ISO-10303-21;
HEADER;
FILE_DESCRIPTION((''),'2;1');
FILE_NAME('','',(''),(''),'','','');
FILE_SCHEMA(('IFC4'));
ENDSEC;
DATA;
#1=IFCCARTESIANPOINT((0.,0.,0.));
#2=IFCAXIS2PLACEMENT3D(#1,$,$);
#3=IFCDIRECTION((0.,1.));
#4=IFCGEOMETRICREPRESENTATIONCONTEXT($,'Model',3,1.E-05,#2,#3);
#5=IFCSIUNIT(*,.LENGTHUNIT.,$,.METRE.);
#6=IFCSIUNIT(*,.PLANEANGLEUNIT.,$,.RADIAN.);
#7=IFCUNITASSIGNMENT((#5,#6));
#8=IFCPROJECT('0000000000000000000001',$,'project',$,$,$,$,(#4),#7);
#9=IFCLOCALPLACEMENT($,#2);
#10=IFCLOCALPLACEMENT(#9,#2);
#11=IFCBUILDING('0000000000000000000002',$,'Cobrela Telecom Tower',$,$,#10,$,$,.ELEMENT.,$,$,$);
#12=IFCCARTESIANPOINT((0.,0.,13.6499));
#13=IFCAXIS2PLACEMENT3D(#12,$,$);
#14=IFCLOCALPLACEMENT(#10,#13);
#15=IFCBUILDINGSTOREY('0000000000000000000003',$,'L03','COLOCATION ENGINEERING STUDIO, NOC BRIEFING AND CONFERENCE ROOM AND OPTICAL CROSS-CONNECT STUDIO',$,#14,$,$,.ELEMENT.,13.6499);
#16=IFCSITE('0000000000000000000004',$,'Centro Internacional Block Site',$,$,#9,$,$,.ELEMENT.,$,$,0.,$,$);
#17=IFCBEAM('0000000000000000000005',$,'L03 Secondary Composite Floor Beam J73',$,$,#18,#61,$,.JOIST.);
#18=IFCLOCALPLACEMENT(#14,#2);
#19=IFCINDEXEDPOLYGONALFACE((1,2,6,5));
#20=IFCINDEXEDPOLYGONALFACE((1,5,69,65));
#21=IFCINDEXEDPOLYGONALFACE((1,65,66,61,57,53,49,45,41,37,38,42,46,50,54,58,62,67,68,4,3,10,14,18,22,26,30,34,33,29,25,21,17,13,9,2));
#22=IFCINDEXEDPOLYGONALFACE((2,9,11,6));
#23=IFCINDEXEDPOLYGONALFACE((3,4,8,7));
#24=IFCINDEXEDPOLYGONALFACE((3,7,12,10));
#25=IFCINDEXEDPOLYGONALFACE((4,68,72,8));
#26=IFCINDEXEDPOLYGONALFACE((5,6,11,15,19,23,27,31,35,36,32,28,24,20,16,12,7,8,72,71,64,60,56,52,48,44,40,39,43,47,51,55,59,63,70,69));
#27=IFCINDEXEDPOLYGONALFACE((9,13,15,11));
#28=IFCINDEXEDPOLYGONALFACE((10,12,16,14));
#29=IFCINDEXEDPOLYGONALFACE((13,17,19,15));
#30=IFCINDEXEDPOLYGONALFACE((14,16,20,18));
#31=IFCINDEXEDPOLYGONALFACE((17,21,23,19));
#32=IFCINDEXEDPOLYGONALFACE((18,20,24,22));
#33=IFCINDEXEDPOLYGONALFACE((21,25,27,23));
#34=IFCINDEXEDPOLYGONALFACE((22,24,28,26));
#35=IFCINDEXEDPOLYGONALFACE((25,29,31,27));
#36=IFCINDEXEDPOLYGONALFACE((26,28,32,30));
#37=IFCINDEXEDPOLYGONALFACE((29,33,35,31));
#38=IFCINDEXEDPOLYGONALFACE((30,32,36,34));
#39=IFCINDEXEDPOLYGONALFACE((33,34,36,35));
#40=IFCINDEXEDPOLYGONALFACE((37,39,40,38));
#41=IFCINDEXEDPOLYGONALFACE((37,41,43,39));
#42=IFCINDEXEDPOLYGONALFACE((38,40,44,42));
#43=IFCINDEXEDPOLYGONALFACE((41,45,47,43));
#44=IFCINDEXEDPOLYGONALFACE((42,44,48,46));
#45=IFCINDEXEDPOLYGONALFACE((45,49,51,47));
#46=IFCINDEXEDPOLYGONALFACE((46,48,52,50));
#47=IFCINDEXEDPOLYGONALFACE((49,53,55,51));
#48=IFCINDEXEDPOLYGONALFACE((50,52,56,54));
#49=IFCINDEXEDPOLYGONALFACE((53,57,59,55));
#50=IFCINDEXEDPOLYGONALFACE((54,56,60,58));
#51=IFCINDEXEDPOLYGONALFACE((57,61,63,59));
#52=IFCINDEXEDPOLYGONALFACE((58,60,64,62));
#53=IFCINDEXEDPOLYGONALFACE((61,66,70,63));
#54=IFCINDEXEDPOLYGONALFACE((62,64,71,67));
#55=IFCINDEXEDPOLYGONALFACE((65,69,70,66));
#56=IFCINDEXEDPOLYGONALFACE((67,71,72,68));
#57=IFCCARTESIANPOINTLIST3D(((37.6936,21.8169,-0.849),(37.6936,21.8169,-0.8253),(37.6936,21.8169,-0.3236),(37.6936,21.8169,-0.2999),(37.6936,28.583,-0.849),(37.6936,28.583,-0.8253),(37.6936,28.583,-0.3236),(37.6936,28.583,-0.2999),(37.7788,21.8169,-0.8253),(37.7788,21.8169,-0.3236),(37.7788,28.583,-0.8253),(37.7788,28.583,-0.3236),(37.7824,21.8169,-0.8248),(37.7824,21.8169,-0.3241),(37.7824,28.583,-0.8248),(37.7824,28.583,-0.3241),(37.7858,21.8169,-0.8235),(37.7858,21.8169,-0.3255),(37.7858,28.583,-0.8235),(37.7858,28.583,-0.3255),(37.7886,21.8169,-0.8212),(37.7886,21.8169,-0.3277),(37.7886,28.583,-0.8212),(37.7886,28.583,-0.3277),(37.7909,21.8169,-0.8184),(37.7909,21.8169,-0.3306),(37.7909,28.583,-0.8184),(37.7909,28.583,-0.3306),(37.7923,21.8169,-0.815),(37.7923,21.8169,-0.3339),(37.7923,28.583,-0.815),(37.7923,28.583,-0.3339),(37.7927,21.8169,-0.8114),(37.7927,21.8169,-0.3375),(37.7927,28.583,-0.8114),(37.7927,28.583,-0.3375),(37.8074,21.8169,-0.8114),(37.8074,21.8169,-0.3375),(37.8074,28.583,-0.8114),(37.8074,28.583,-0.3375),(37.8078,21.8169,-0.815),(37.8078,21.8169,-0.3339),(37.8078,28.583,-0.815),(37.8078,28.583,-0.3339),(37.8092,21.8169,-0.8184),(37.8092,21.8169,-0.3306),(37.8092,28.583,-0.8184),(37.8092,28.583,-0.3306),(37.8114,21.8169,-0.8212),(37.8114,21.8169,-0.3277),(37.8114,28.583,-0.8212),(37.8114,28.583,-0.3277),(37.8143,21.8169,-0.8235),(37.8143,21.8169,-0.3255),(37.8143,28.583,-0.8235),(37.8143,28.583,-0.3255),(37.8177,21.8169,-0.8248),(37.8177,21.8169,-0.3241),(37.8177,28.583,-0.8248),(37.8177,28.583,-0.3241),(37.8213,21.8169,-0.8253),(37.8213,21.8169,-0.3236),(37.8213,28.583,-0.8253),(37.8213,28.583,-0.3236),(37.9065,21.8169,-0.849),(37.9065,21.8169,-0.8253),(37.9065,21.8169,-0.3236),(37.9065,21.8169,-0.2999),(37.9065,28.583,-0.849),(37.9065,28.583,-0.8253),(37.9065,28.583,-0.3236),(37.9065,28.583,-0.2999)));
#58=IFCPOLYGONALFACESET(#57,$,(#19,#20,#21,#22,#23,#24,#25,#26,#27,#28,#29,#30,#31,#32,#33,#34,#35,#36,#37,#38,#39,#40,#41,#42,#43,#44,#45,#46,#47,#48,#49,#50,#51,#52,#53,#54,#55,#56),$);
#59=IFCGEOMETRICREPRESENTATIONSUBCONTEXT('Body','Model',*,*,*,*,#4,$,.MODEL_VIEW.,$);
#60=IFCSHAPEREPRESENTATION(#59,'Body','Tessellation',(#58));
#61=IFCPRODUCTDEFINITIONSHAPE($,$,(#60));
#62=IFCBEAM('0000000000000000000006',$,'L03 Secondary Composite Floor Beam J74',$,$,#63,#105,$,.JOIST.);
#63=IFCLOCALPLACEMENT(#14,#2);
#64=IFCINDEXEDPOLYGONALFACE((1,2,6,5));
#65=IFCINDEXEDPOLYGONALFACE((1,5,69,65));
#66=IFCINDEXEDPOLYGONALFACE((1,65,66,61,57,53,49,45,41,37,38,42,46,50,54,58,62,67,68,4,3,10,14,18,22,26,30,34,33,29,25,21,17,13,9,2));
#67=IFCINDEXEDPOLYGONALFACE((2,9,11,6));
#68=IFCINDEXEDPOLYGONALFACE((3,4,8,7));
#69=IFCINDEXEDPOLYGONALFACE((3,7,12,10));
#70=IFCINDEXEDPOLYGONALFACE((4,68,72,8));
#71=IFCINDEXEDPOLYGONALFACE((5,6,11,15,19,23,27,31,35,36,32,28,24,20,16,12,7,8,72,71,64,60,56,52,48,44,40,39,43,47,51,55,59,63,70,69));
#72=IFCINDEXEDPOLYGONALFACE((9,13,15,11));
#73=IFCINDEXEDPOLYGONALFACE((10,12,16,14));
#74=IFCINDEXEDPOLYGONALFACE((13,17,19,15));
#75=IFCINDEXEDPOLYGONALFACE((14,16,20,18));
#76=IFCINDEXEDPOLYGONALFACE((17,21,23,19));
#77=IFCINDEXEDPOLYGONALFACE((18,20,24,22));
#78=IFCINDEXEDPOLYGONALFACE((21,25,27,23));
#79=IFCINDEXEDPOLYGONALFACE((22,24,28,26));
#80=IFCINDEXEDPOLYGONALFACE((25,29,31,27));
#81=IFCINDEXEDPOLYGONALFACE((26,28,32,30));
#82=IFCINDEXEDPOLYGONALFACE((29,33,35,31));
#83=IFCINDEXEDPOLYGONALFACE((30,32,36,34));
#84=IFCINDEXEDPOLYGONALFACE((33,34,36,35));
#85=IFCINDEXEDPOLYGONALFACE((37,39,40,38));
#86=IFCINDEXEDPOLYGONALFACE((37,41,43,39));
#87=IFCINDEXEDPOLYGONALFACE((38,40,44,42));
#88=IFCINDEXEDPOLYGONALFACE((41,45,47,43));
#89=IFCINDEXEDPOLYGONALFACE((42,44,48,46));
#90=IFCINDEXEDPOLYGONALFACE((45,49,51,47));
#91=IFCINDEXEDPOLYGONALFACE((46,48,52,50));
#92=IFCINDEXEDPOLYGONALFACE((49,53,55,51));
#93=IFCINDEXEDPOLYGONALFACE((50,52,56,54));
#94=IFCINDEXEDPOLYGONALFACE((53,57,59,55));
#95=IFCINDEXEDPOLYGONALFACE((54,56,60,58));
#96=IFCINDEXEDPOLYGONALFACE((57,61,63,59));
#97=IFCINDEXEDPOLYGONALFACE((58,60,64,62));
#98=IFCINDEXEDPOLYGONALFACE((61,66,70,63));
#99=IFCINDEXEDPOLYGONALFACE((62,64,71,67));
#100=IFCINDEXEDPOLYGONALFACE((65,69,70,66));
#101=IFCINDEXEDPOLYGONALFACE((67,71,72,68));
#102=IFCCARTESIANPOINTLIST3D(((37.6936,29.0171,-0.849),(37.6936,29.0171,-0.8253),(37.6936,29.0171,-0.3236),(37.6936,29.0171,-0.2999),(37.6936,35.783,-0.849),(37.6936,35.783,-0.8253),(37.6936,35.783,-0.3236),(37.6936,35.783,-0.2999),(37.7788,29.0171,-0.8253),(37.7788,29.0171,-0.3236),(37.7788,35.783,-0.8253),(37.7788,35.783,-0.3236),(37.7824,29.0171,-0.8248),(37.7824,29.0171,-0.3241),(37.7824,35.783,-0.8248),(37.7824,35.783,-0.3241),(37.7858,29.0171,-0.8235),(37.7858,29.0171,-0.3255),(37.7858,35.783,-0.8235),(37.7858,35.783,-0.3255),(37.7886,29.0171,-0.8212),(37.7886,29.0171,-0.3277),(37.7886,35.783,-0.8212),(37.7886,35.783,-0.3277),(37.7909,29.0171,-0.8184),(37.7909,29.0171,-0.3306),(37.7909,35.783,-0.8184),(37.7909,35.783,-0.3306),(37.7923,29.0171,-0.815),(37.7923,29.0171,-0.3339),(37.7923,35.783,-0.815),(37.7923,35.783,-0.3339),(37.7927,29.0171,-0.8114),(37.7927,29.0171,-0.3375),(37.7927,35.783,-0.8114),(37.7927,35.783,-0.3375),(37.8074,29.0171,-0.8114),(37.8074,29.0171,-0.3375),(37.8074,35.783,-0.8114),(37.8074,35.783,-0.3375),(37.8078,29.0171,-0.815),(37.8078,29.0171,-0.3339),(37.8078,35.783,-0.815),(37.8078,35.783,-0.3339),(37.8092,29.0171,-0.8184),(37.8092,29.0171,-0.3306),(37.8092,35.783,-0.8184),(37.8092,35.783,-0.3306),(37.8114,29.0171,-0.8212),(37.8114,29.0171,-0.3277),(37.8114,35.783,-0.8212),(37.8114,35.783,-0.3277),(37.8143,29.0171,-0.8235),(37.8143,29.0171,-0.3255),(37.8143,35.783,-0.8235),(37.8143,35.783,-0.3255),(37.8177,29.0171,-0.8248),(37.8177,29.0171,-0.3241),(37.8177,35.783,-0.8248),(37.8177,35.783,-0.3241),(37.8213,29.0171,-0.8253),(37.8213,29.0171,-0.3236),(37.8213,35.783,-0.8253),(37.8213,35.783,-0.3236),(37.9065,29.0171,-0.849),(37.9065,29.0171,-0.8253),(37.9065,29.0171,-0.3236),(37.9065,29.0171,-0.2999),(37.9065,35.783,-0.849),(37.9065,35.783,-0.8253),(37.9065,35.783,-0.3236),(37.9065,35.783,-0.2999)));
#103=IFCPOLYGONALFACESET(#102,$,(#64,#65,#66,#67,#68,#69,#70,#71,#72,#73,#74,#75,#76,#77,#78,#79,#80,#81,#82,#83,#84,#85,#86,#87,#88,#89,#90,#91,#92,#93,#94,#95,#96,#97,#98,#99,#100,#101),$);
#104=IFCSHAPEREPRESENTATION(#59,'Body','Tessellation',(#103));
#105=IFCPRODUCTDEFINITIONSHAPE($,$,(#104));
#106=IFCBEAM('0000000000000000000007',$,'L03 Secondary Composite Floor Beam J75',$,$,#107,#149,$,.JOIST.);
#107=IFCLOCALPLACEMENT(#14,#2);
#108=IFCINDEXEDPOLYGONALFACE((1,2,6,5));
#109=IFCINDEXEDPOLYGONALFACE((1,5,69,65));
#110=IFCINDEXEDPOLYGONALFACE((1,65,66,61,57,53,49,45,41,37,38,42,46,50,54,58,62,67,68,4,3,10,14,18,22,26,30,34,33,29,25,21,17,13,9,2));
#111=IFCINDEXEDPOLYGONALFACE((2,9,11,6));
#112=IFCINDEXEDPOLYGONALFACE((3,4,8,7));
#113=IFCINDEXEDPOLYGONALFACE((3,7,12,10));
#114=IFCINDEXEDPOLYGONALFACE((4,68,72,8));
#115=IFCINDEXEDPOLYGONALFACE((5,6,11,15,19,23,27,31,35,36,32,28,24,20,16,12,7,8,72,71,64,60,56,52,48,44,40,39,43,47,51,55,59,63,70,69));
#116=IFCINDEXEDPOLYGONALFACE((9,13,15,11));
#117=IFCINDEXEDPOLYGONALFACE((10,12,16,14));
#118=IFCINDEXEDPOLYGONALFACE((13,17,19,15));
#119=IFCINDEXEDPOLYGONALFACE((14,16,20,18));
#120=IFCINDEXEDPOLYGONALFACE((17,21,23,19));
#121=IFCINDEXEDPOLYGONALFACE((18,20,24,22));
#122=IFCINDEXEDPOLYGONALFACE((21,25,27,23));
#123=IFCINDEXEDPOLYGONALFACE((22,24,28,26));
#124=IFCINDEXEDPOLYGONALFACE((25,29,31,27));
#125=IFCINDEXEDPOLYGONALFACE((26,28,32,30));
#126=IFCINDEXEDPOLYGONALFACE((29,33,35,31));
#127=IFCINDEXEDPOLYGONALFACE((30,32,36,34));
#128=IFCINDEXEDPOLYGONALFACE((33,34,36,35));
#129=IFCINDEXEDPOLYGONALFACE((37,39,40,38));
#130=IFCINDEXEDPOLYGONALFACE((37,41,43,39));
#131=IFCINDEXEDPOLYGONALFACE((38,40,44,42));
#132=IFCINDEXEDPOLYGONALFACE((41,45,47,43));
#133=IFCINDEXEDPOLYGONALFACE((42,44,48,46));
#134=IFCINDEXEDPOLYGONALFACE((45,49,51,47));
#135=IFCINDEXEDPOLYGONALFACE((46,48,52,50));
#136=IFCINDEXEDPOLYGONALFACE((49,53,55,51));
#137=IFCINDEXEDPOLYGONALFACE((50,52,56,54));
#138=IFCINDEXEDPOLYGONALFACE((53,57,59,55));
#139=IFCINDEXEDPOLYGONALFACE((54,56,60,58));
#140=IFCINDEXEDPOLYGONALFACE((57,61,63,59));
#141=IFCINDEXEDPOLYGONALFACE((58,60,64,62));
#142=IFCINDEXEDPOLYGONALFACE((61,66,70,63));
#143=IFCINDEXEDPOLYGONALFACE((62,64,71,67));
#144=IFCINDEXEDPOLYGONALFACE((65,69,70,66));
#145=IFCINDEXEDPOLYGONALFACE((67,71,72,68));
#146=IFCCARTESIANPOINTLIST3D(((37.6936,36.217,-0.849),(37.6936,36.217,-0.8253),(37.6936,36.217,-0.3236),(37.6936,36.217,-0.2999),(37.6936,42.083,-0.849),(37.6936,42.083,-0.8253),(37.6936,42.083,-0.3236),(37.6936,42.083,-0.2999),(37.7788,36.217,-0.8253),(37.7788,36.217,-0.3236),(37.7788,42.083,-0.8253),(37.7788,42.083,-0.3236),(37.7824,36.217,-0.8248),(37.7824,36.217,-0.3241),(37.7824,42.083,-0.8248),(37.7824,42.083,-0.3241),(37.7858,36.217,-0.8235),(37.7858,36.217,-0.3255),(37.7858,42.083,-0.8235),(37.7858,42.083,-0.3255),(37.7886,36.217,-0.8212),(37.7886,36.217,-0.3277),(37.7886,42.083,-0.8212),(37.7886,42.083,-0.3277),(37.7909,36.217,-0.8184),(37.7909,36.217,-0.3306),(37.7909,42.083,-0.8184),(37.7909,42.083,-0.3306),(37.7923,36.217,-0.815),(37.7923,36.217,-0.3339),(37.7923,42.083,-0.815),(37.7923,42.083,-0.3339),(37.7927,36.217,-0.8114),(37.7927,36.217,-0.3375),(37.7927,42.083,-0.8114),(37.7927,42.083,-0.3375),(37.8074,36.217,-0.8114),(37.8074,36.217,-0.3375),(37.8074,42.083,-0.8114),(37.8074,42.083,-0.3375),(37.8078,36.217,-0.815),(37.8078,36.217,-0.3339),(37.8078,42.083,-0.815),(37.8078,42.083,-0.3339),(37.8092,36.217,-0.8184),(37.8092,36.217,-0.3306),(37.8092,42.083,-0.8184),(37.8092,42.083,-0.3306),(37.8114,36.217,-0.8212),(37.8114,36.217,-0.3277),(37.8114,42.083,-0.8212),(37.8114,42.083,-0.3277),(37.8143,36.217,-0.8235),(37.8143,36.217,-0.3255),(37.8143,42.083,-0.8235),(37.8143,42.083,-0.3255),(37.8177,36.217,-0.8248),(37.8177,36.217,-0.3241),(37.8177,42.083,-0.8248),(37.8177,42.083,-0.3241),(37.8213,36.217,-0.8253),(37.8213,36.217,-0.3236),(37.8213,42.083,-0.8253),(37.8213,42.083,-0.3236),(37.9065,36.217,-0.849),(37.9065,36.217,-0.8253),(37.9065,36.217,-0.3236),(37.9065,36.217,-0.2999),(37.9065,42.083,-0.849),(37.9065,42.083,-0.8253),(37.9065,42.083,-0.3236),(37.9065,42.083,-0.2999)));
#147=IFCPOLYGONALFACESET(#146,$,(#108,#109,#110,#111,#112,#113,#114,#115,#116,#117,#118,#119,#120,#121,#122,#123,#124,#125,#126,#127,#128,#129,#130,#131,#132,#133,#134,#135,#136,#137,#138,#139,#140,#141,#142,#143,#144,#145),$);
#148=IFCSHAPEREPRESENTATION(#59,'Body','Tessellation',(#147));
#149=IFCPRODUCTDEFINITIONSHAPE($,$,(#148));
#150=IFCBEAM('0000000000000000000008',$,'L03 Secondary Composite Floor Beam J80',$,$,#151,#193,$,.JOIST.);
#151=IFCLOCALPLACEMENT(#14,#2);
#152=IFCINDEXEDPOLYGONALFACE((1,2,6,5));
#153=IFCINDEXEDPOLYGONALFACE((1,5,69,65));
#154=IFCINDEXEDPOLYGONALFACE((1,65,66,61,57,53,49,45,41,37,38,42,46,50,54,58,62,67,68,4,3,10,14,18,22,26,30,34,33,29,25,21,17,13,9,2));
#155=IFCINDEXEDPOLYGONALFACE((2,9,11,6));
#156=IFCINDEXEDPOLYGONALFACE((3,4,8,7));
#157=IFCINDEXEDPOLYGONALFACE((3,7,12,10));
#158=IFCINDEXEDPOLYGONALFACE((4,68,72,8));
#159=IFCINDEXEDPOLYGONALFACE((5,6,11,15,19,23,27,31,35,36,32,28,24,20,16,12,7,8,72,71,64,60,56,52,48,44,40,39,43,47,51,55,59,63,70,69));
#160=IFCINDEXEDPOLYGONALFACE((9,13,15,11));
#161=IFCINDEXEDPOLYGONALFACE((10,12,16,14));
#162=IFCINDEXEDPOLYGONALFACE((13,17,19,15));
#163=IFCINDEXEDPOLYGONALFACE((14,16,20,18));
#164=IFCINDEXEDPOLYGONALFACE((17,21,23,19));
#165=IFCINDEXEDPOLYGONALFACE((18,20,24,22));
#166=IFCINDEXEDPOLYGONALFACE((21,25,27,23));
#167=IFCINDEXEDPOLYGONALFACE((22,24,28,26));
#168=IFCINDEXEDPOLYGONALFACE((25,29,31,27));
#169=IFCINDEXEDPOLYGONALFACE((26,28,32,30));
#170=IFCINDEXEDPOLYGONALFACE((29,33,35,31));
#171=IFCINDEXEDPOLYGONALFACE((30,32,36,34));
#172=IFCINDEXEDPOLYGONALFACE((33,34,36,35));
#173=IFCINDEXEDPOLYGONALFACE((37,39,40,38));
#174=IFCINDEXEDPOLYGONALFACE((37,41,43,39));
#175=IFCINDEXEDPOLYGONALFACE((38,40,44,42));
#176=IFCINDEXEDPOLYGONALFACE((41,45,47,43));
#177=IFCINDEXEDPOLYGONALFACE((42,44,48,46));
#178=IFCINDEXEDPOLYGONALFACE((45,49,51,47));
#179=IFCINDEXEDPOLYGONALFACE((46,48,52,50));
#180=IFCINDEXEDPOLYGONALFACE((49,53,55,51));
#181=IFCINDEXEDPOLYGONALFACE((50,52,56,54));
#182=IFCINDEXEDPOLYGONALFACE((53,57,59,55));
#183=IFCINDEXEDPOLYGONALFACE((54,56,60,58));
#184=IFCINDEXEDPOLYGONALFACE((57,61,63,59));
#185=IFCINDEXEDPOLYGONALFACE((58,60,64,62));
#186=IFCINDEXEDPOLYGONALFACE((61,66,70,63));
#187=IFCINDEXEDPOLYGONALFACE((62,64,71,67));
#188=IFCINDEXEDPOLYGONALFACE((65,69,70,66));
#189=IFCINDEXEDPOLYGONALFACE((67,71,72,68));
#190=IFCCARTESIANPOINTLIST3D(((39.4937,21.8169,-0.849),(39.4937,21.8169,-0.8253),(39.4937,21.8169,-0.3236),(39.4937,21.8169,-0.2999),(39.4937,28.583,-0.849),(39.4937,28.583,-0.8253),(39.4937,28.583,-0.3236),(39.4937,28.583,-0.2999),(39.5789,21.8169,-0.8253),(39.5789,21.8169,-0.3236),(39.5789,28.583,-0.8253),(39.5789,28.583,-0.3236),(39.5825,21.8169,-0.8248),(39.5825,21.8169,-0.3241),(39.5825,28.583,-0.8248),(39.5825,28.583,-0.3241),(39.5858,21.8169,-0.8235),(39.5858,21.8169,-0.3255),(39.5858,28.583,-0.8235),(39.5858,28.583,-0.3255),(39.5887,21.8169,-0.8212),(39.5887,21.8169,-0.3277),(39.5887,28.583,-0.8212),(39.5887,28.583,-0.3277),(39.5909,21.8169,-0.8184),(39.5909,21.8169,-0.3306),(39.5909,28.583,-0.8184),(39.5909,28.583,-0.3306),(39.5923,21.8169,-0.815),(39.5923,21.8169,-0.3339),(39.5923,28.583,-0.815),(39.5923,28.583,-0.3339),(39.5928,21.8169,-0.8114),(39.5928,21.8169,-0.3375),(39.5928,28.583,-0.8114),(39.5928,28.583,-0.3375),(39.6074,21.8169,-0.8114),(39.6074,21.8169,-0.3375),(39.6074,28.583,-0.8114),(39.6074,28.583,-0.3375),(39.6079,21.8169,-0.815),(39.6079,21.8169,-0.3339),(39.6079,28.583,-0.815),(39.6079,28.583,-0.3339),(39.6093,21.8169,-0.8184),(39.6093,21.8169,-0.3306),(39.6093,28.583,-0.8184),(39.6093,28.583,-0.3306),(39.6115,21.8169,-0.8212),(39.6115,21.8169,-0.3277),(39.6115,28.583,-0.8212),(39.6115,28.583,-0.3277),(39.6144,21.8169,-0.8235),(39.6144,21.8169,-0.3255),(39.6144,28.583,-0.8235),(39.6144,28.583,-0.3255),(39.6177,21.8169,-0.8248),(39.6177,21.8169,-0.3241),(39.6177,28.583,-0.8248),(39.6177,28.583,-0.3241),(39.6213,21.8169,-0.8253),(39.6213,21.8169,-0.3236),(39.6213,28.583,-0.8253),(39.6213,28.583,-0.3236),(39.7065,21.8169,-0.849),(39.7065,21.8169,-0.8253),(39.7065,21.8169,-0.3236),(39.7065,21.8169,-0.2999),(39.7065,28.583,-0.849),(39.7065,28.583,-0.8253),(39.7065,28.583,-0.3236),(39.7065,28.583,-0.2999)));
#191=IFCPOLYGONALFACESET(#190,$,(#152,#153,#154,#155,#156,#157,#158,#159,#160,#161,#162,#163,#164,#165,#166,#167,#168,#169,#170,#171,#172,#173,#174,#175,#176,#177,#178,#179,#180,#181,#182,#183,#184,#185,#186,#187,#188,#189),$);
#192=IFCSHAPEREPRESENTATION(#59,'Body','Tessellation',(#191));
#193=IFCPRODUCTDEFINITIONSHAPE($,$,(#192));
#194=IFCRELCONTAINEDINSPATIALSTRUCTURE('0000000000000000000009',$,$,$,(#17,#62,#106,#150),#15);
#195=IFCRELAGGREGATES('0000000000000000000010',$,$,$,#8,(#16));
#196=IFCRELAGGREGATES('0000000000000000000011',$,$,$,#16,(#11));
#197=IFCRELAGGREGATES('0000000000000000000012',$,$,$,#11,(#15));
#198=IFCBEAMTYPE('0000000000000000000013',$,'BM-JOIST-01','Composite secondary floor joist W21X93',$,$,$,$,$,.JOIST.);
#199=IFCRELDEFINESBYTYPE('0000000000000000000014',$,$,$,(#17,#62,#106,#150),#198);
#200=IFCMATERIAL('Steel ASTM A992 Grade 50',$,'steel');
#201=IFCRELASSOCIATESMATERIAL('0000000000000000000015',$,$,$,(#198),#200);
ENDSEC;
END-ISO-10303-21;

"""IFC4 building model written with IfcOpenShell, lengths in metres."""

from ifc_helpers import new_model, si_unit, direction, frame, origin, origin_2d, place, context, subcontext, project, spatial, i_section, extrude, material, material_profile, profile_set, type_object, element, save


model = new_model("IFC4")

# Units and contexts
model_context = context("Model", 3, precision=1e-05, world=origin(), true_north=direction((0.0, 1.0)))
body_context = subcontext(model_context, "Body", "Model", "MODEL_VIEW")
ifc_project = project(units=[si_unit("LENGTHUNIT", "METRE"), si_unit("PLANEANGLEUNIT", "RADIAN")], contexts=[model_context])

# Site, building, storey
site_placement = place(None, origin())
site = spatial("IfcSite", under=ifc_project, at=site_placement, Name="Centro Internacional Block Site", CompositionType="ELEMENT", RefElevation=0.0)
building_placement = place(site_placement, origin())
building = spatial("IfcBuilding", under=site, at=building_placement, Name="Cobrela Telecom Tower", CompositionType="ELEMENT")
storey_placement = place(building_placement, frame((0.0, 0.0, 13.6499)))
storey = spatial("IfcBuildingStorey", under=building, at=storey_placement, Name="L03", Description="COLOCATION ENGINEERING STUDIO, NOC BRIEFING AND CONFERENCE ROOM AND OPTICAL CROSS-CONNECT STUDIO", CompositionType="ELEMENT", Elevation=13.6499)

# Beams
ifc_material_1 = material(Name="Steel ASTM A992 Grade 50", Category="steel")
ifc_material_profile_1 = material_profile(ifc_material_1, i_section(OverallWidth=0.2129, OverallDepth=0.5491, WebThickness=0.0146, FlangeThickness=0.0237, FilletRadius=0.0139, at=origin_2d()), Name="W21X93")
ifc_profile_set_1 = profile_set([ifc_material_profile_1], Name="Steel ASTM A992 Grade 50")
beam_type_1 = type_object("IfcBeamType", Name="BM-JOIST-01", Description="Composite secondary floor joist W21X93", PredefinedType="JOIST", material=ifc_profile_set_1)
beam_1_placement = place(storey_placement, frame((37.8, 21.8169, -0.5745), z_axis=(0.0, 1.0, 0.0), x_axis=(-1.0, 0.0, 0.0)))
element("IfcBeam", 1, at=beam_1_placement, inside=storey, type_object=beam_type_1, Name="L03 Secondary Composite Floor Beam J73", PredefinedType="JOIST", context=body_context, shape_type="SweptSolid", body=[
    extrude(i_section(OverallWidth=0.2129, OverallDepth=0.5491, WebThickness=0.0146, FlangeThickness=0.0237, FilletRadius=0.0139, at=origin_2d()), origin(), (0.0, 0.0, 1.0), 6.7661),
])
beam_2_placement = place(storey_placement, frame((37.8, 29.0171, -0.5745), z_axis=(0.0, 1.0, 0.0), x_axis=(-1.0, 0.0, 0.0)))
element("IfcBeam", 2, at=beam_2_placement, inside=storey, type_object=beam_type_1, Name="L03 Secondary Composite Floor Beam J74", PredefinedType="JOIST", context=body_context, shape_type="SweptSolid", body=[
    extrude(i_section(OverallWidth=0.2129, OverallDepth=0.5491, WebThickness=0.0146, FlangeThickness=0.0237, FilletRadius=0.0139, at=origin_2d()), origin(), (0.0, 0.0, 1.0), 6.7659),
])
beam_3_placement = place(storey_placement, frame((37.8, 36.217, -0.5745), z_axis=(0.0, 1.0, 0.0), x_axis=(-1.0, 0.0, 0.0)))
element("IfcBeam", 3, at=beam_3_placement, inside=storey, type_object=beam_type_1, Name="L03 Secondary Composite Floor Beam J75", PredefinedType="JOIST", context=body_context, shape_type="SweptSolid", body=[
    extrude(i_section(OverallWidth=0.2129, OverallDepth=0.5491, WebThickness=0.0146, FlangeThickness=0.0237, FilletRadius=0.0139, at=origin_2d()), origin(), (0.0, 0.0, 1.0), 5.866),
])
beam_4_placement = place(storey_placement, frame((39.6001, 21.8169, -0.5745), z_axis=(0.0, 1.0, 0.0), x_axis=(-1.0, 0.0, 0.0)))
element("IfcBeam", 4, at=beam_4_placement, inside=storey, type_object=beam_type_1, Name="L03 Secondary Composite Floor Beam J80", PredefinedType="JOIST", context=body_context, shape_type="SweptSolid", body=[
    extrude(i_section(OverallWidth=0.2129, OverallDepth=0.5491, WebThickness=0.0146, FlangeThickness=0.0237, FilletRadius=0.0139, at=origin_2d()), origin(), (0.0, 0.0, 1.0), 6.7661),
])

save(model, "model.ifc")
